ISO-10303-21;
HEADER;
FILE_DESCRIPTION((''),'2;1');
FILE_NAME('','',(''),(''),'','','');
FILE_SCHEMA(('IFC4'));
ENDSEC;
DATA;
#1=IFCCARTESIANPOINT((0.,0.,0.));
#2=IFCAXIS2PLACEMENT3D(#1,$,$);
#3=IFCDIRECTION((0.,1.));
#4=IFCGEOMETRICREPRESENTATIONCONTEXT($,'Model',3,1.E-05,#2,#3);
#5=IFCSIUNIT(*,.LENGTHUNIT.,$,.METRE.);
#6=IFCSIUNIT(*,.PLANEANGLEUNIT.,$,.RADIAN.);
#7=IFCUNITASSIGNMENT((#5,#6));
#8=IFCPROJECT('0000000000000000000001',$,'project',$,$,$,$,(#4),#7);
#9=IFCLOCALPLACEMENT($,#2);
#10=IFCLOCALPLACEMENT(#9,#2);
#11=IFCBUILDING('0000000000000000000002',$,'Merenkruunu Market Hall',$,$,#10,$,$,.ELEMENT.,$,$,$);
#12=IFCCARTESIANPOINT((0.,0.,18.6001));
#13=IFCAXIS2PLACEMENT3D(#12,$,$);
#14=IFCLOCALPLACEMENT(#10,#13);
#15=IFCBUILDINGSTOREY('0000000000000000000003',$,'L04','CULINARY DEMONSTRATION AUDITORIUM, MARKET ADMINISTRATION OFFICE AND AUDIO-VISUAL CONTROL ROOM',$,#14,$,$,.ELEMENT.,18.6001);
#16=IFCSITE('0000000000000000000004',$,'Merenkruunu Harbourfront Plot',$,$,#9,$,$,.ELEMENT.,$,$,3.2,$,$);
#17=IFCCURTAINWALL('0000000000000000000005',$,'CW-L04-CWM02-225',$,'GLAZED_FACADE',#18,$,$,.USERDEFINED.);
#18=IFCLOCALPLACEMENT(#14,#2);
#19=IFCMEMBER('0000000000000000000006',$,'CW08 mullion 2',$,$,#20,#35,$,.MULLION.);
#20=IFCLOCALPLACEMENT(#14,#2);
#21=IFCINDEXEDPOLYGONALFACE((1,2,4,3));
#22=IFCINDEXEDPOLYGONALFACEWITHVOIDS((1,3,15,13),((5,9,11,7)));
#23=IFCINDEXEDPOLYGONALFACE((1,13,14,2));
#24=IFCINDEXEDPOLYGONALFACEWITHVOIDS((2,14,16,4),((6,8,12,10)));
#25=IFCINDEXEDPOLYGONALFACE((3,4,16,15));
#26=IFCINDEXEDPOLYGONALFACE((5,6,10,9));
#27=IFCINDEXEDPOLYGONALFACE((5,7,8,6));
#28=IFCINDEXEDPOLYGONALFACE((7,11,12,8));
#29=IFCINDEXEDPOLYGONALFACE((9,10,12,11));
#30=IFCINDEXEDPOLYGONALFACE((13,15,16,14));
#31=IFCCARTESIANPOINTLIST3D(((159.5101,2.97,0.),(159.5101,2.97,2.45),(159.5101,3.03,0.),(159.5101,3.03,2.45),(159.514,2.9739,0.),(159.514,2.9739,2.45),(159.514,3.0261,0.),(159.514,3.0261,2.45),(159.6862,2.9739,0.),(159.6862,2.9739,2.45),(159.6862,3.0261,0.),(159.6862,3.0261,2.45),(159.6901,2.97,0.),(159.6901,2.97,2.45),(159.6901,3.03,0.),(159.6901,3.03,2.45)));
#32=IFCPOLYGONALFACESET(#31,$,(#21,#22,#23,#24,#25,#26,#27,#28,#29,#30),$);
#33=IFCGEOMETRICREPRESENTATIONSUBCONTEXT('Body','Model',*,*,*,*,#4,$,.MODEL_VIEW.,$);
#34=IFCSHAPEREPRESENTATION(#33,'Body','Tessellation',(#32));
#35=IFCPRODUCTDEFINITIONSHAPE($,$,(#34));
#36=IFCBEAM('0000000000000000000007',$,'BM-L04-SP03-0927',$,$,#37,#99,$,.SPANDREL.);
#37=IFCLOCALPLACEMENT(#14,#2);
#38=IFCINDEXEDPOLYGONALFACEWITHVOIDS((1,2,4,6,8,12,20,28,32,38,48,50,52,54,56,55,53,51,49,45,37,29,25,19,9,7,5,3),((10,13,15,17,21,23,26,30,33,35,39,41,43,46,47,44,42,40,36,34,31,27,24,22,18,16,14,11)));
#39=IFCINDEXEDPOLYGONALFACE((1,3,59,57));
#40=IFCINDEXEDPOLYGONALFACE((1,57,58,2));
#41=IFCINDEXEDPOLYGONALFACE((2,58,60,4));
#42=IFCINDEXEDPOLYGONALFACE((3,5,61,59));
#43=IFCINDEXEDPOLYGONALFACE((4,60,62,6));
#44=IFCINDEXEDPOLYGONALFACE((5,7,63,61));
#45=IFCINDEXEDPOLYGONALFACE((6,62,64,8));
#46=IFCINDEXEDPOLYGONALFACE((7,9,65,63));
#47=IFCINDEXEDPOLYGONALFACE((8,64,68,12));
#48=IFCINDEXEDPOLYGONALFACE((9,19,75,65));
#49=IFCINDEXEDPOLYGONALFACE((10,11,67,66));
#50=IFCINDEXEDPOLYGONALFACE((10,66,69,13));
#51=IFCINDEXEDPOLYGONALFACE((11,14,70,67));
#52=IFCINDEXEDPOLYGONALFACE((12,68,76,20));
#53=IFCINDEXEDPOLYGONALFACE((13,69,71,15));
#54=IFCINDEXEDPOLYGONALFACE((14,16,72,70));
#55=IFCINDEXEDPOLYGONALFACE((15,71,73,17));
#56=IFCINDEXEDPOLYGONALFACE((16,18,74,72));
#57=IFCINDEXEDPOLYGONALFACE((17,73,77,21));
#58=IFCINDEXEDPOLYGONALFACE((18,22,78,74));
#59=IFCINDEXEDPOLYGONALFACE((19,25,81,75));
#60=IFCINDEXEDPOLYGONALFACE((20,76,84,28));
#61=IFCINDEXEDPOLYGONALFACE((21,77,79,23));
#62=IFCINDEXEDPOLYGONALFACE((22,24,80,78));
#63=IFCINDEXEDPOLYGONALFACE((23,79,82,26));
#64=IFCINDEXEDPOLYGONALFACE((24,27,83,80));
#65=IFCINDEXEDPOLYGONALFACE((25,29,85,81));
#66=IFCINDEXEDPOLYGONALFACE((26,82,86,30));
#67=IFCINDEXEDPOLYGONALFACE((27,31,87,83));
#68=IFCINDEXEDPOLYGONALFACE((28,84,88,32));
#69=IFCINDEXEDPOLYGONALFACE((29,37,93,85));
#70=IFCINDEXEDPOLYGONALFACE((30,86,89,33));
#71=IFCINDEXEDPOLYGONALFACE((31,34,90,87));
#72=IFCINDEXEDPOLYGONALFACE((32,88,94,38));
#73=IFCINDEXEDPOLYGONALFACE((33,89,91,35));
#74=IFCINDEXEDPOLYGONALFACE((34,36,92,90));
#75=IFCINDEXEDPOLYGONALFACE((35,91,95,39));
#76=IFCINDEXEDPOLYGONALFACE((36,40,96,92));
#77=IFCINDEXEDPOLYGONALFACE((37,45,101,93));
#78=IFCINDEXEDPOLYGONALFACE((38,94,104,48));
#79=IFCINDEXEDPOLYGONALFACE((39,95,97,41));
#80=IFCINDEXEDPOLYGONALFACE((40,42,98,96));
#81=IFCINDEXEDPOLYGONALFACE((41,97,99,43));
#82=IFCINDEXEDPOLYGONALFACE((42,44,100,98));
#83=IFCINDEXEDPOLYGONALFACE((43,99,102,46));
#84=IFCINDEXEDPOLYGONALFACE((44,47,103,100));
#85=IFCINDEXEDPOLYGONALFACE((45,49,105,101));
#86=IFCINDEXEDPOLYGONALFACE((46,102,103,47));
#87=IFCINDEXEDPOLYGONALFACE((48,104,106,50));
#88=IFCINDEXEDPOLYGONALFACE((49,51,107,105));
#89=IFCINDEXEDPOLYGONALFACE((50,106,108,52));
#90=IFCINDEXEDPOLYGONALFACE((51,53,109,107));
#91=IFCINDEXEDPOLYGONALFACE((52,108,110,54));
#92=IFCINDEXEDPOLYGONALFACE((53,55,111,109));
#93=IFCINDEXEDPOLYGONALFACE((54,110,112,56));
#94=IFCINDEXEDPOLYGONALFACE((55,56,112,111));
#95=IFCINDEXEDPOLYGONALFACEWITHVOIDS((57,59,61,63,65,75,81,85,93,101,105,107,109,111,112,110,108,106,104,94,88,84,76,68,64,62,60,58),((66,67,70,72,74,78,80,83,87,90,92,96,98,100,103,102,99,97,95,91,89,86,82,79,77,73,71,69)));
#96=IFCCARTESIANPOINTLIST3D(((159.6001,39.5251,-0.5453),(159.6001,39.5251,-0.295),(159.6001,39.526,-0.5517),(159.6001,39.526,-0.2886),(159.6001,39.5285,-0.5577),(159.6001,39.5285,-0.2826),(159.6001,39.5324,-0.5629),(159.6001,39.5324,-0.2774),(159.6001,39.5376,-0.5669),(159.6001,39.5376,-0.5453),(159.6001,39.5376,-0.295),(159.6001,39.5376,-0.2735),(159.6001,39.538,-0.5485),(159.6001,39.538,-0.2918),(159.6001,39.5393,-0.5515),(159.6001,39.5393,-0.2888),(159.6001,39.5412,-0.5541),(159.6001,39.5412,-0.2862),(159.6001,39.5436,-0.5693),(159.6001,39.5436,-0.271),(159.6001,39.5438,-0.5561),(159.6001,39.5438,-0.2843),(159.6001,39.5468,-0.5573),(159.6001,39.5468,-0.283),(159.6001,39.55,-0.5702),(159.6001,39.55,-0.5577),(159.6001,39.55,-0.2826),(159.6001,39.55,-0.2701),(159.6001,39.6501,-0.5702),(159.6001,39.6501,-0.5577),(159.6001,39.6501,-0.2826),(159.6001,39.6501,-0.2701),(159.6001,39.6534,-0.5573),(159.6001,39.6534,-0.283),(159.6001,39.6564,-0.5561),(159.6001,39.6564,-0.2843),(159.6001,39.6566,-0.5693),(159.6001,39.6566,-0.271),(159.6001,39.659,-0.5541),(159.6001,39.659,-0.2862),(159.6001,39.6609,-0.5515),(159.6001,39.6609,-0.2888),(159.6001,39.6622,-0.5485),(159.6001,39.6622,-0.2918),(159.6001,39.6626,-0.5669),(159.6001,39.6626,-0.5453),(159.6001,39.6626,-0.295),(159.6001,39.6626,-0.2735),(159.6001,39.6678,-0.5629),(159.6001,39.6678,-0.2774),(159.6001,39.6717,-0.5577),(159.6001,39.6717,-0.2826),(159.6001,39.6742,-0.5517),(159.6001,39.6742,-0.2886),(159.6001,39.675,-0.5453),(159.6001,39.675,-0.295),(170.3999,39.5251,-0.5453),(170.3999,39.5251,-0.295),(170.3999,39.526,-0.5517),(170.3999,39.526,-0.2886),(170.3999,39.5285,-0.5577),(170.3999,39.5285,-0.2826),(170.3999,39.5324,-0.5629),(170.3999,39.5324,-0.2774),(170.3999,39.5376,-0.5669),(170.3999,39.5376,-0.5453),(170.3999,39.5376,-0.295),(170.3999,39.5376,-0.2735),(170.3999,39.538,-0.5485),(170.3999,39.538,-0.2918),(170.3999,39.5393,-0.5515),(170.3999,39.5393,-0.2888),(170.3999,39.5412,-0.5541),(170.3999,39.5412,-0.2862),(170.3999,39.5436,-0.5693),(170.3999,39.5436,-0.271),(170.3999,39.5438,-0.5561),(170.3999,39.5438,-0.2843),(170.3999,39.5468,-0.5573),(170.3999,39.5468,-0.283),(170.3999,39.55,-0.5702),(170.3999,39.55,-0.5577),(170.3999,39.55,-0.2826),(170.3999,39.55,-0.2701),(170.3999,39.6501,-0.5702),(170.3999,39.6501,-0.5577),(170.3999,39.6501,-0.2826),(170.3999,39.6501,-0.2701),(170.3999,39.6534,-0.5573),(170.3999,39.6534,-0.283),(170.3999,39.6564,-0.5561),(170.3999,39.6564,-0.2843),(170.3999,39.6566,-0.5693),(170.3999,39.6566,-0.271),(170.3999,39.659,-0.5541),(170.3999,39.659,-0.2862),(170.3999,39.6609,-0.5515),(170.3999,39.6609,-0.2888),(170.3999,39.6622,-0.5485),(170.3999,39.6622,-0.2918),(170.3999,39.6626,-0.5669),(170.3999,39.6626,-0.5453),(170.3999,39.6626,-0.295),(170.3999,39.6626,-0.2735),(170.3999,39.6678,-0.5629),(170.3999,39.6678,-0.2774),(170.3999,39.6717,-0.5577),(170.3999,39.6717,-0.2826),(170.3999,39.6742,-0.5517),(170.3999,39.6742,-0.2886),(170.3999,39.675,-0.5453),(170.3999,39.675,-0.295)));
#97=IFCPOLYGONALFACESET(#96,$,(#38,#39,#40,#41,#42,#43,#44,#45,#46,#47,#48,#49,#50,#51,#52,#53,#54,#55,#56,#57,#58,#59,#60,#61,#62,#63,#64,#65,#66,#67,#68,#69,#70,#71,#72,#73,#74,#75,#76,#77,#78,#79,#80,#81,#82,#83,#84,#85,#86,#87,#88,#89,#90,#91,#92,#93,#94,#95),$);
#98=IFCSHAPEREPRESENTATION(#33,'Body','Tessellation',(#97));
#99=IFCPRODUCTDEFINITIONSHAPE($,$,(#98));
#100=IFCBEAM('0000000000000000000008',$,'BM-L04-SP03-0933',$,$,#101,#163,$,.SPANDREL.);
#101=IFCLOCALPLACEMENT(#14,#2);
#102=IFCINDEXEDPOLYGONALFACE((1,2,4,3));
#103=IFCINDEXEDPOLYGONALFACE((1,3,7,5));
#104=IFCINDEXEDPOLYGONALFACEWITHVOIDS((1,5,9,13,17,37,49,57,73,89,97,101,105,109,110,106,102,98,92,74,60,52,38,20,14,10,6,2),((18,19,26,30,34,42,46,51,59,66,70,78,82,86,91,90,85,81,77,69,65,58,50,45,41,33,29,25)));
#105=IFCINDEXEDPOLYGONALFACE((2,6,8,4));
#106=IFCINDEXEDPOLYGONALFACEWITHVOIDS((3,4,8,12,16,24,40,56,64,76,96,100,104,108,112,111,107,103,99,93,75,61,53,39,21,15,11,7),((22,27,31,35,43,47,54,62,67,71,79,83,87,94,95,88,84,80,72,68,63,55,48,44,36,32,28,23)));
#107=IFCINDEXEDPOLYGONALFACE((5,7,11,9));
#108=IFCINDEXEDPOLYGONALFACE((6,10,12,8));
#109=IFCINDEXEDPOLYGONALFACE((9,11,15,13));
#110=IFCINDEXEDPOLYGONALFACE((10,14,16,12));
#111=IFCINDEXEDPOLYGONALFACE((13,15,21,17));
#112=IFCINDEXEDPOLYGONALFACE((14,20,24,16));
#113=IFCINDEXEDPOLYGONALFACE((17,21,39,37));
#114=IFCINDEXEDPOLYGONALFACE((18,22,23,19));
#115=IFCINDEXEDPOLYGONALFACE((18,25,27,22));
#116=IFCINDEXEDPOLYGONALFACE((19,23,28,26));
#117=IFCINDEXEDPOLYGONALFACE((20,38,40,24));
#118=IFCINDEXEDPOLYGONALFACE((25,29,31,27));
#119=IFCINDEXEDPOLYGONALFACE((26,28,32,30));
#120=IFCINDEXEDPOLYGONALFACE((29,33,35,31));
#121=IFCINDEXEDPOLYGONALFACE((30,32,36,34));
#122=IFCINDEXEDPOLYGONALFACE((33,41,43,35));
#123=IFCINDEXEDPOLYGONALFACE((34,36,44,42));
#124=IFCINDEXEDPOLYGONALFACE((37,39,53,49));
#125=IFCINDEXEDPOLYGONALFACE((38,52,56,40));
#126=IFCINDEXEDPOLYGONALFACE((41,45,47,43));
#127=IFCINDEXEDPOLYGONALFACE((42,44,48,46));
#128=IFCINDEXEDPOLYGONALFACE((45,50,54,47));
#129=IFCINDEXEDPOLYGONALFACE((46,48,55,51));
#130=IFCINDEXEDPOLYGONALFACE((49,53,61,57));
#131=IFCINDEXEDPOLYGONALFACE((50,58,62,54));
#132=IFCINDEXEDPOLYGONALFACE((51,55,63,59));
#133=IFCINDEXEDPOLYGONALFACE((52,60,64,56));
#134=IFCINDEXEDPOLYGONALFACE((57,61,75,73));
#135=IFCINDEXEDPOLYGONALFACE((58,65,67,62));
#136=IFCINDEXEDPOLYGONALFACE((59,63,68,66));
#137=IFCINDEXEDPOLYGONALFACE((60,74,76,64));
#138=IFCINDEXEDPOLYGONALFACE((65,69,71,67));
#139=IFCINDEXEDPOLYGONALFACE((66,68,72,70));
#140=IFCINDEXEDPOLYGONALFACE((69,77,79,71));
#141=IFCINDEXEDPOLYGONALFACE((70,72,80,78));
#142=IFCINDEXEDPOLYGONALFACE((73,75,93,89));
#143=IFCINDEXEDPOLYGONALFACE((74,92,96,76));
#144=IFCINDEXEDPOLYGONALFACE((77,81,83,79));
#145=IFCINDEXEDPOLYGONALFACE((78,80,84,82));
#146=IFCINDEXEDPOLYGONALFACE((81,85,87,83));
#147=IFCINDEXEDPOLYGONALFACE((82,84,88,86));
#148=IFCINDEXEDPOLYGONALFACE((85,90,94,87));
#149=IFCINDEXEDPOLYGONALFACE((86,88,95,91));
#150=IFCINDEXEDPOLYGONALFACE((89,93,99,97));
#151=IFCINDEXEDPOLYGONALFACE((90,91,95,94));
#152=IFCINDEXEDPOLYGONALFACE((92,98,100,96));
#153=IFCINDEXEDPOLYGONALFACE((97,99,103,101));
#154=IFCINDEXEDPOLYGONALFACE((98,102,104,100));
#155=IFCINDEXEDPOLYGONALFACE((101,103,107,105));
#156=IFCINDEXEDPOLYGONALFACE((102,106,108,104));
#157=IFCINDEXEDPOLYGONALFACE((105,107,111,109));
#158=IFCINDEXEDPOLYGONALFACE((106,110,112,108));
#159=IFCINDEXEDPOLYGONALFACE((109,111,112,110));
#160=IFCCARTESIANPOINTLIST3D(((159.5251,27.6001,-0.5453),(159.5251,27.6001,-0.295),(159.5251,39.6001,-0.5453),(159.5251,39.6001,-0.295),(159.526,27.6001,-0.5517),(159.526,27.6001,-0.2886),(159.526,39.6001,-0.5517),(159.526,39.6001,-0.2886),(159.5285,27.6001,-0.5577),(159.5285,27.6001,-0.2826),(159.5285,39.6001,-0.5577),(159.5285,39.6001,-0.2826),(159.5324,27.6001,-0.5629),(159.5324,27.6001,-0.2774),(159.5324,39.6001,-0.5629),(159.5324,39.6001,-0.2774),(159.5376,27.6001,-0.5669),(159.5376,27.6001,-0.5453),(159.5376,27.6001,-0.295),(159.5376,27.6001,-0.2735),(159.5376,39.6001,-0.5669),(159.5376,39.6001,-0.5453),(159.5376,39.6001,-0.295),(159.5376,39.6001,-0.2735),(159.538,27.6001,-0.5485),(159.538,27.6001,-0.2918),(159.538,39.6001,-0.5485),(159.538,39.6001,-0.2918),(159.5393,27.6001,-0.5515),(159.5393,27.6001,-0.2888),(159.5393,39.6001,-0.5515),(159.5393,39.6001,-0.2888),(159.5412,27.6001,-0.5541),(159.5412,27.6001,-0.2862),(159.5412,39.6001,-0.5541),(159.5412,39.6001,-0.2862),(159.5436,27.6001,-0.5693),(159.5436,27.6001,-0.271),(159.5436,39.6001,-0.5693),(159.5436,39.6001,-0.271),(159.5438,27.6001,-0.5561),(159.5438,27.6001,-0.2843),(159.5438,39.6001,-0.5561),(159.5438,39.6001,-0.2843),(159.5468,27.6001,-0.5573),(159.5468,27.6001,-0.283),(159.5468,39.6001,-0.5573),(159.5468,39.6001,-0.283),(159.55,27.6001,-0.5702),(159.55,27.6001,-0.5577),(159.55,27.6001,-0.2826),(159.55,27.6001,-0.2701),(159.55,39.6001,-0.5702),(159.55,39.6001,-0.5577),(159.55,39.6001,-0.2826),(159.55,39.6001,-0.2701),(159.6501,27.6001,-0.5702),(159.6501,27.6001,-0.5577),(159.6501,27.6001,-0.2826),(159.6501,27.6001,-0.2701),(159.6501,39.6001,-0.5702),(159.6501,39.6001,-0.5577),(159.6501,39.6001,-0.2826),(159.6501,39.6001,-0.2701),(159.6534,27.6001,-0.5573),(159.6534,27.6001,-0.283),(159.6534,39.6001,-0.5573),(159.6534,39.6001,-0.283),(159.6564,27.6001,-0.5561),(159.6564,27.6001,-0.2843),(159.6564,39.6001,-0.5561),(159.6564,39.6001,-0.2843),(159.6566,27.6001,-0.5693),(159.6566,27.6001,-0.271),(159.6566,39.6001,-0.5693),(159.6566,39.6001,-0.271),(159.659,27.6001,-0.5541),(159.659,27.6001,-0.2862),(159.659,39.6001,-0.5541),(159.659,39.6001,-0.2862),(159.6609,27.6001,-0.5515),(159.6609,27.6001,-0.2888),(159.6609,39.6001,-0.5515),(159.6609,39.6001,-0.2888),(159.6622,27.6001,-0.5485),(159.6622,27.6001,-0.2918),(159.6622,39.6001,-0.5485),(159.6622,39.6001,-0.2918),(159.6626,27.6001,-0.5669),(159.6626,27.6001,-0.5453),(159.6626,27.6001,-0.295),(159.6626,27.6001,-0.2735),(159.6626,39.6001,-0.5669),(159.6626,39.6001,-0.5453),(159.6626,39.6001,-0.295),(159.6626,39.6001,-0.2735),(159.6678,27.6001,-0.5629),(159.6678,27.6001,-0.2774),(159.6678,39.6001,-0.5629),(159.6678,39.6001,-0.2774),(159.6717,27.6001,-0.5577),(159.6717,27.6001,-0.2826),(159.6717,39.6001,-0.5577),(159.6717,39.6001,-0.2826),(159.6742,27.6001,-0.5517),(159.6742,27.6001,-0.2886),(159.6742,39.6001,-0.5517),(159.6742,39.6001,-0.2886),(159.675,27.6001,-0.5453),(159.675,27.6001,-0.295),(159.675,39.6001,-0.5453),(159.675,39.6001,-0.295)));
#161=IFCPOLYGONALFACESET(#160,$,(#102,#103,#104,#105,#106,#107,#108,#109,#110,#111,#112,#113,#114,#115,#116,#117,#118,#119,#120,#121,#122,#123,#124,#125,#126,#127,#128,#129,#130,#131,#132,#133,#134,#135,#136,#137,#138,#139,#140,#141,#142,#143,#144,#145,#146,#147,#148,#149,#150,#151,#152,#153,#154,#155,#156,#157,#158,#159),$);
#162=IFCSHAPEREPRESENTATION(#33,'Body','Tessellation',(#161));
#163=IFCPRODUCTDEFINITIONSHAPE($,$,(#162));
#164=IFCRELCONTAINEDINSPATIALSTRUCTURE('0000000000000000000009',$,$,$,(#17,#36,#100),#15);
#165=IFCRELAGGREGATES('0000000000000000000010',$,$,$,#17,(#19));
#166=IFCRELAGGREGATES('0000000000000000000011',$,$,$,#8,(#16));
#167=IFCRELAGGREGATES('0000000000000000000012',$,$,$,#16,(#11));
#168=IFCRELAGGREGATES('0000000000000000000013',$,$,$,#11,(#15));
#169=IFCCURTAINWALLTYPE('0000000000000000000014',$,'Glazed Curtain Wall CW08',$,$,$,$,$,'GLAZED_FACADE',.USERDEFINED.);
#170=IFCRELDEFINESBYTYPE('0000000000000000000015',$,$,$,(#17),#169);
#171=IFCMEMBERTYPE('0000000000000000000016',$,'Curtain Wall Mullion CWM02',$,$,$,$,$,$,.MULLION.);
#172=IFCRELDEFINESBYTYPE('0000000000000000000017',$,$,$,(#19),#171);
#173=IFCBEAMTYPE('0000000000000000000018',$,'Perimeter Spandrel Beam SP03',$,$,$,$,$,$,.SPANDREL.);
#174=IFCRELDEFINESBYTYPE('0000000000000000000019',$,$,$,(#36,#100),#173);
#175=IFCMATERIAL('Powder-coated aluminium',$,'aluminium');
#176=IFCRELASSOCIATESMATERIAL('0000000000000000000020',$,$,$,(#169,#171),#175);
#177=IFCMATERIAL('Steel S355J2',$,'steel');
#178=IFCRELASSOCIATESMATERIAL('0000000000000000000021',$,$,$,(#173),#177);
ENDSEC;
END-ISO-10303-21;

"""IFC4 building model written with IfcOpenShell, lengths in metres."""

from ifc_helpers import new_model, si_unit, direction, frame, origin, origin_2d, place, context, subcontext, project, spatial, hollow_rectangle, extrude, material, material_profile, profile_set, type_object, element, aggregate, save


model = new_model("IFC4")

# Units and contexts
model_context = context("Model", 3, precision=1e-05, world=origin(), true_north=direction((0.0, 1.0)))
body_context = subcontext(model_context, "Body", "Model", "MODEL_VIEW")
ifc_project = project(units=[si_unit("LENGTHUNIT", "METRE"), si_unit("PLANEANGLEUNIT", "RADIAN")], contexts=[model_context])

# Site, building, storey
site_placement = place(None, origin())
site = spatial("IfcSite", under=ifc_project, at=site_placement, Name="Merenkruunu Harbourfront Plot", CompositionType="ELEMENT", RefElevation=3.2)
building_placement = place(site_placement, origin())
building = spatial("IfcBuilding", under=site, at=building_placement, Name="Merenkruunu Market Hall", CompositionType="ELEMENT")
storey_placement = place(building_placement, frame((0.0, 0.0, 18.6001)))
storey = spatial("IfcBuildingStorey", under=building, at=storey_placement, Name="L04", Description="CULINARY DEMONSTRATION AUDITORIUM, MARKET ADMINISTRATION OFFICE AND AUDIO-VISUAL CONTROL ROOM", CompositionType="ELEMENT", Elevation=18.6001)

# Shared definitions
ifc_material_1 = material(Name="Steel S355J2", Category="steel")

# Curtain wall, member
ifc_material_2 = material(Name="Powder-coated aluminium", Category="aluminium")
curtain_wall_type = type_object("IfcCurtainWallType", Name="Glazed Curtain Wall CW08", ElementType="GLAZED_FACADE", PredefinedType="USERDEFINED", material=ifc_material_2)
curtain_wall_placement = place(storey_placement, origin())
curtain_wall = element("IfcCurtainWall", 1, at=curtain_wall_placement, inside=storey, type_object=curtain_wall_type, Name="CW-L04-CWM02-225", ObjectType="GLAZED_FACADE", PredefinedType="USERDEFINED")
ifc_material_profile_1 = material_profile(ifc_material_2, hollow_rectangle(XDim=0.0601, YDim=0.1799, WallThickness=0.0039, at=origin_2d()), Name="ALU 60x180x4")
ifc_profile_set_1 = profile_set([ifc_material_profile_1], Name="Powder-coated aluminium")
member_type = type_object("IfcMemberType", Name="Curtain Wall Mullion CWM02", PredefinedType="MULLION", material=ifc_profile_set_1)
member_1_placement = place(storey_placement, frame((159.6001, 3.0, 0.0), z_axis=(0.0, 0.0, 1.0), x_axis=(0.0, 1.0, 0.0)))
member_1 = element("IfcMember", 2, at=member_1_placement, type_object=member_type, Name="CW08 mullion 2", PredefinedType="MULLION", context=body_context, shape_type="SweptSolid", body=[
    extrude(hollow_rectangle(XDim=0.0601, YDim=0.1799, WallThickness=0.0039, at=origin_2d()), origin(), (0.0, 0.0, 1.0), 2.45),
])
aggregate(curtain_wall, [member_1])

# Beams
ifc_material_profile_2 = material_profile(ifc_material_1, hollow_rectangle(XDim=0.1499, YDim=0.3, WallThickness=0.0125, InnerFilletRadius=0.0125, OuterFilletRadius=0.0249, at=origin_2d()), Name="RHS 300x150x12.5")
ifc_profile_set_2 = profile_set([ifc_material_profile_2], Name="Steel S355J2")
beam_type_1 = type_object("IfcBeamType", Name="Perimeter Spandrel Beam SP03", PredefinedType="SPANDREL", material=ifc_profile_set_2)
beam_1_placement = place(storey_placement, frame((159.6001, 39.6001, -0.4202), z_axis=(1.0, 0.0, 0.0), x_axis=(0.0, 1.0, 0.0)))
element("IfcBeam", 3, at=beam_1_placement, inside=storey, type_object=beam_type_1, Name="BM-L04-SP03-0927", PredefinedType="SPANDREL", context=body_context, shape_type="SweptSolid", body=[
    extrude(hollow_rectangle(XDim=0.1499, YDim=0.3, WallThickness=0.0125, InnerFilletRadius=0.0125, OuterFilletRadius=0.0249, at=origin_2d()), origin(), (0.0, 0.0, 1.0), 10.7998),
])
beam_2_placement = place(storey_placement, frame((159.6001, 27.6001, -0.4202), z_axis=(0.0, 1.0, 0.0), x_axis=(-1.0, 0.0, 0.0)))
element("IfcBeam", 4, at=beam_2_placement, inside=storey, type_object=beam_type_1, Name="BM-L04-SP03-0933", PredefinedType="SPANDREL", context=body_context, shape_type="SweptSolid", body=[
    extrude(hollow_rectangle(XDim=0.1499, YDim=0.3, WallThickness=0.0125, InnerFilletRadius=0.0125, OuterFilletRadius=0.0249, at=origin_2d()), origin(), (0.0, 0.0, 1.0), 12.0),
])

save(model, "model.ifc")
